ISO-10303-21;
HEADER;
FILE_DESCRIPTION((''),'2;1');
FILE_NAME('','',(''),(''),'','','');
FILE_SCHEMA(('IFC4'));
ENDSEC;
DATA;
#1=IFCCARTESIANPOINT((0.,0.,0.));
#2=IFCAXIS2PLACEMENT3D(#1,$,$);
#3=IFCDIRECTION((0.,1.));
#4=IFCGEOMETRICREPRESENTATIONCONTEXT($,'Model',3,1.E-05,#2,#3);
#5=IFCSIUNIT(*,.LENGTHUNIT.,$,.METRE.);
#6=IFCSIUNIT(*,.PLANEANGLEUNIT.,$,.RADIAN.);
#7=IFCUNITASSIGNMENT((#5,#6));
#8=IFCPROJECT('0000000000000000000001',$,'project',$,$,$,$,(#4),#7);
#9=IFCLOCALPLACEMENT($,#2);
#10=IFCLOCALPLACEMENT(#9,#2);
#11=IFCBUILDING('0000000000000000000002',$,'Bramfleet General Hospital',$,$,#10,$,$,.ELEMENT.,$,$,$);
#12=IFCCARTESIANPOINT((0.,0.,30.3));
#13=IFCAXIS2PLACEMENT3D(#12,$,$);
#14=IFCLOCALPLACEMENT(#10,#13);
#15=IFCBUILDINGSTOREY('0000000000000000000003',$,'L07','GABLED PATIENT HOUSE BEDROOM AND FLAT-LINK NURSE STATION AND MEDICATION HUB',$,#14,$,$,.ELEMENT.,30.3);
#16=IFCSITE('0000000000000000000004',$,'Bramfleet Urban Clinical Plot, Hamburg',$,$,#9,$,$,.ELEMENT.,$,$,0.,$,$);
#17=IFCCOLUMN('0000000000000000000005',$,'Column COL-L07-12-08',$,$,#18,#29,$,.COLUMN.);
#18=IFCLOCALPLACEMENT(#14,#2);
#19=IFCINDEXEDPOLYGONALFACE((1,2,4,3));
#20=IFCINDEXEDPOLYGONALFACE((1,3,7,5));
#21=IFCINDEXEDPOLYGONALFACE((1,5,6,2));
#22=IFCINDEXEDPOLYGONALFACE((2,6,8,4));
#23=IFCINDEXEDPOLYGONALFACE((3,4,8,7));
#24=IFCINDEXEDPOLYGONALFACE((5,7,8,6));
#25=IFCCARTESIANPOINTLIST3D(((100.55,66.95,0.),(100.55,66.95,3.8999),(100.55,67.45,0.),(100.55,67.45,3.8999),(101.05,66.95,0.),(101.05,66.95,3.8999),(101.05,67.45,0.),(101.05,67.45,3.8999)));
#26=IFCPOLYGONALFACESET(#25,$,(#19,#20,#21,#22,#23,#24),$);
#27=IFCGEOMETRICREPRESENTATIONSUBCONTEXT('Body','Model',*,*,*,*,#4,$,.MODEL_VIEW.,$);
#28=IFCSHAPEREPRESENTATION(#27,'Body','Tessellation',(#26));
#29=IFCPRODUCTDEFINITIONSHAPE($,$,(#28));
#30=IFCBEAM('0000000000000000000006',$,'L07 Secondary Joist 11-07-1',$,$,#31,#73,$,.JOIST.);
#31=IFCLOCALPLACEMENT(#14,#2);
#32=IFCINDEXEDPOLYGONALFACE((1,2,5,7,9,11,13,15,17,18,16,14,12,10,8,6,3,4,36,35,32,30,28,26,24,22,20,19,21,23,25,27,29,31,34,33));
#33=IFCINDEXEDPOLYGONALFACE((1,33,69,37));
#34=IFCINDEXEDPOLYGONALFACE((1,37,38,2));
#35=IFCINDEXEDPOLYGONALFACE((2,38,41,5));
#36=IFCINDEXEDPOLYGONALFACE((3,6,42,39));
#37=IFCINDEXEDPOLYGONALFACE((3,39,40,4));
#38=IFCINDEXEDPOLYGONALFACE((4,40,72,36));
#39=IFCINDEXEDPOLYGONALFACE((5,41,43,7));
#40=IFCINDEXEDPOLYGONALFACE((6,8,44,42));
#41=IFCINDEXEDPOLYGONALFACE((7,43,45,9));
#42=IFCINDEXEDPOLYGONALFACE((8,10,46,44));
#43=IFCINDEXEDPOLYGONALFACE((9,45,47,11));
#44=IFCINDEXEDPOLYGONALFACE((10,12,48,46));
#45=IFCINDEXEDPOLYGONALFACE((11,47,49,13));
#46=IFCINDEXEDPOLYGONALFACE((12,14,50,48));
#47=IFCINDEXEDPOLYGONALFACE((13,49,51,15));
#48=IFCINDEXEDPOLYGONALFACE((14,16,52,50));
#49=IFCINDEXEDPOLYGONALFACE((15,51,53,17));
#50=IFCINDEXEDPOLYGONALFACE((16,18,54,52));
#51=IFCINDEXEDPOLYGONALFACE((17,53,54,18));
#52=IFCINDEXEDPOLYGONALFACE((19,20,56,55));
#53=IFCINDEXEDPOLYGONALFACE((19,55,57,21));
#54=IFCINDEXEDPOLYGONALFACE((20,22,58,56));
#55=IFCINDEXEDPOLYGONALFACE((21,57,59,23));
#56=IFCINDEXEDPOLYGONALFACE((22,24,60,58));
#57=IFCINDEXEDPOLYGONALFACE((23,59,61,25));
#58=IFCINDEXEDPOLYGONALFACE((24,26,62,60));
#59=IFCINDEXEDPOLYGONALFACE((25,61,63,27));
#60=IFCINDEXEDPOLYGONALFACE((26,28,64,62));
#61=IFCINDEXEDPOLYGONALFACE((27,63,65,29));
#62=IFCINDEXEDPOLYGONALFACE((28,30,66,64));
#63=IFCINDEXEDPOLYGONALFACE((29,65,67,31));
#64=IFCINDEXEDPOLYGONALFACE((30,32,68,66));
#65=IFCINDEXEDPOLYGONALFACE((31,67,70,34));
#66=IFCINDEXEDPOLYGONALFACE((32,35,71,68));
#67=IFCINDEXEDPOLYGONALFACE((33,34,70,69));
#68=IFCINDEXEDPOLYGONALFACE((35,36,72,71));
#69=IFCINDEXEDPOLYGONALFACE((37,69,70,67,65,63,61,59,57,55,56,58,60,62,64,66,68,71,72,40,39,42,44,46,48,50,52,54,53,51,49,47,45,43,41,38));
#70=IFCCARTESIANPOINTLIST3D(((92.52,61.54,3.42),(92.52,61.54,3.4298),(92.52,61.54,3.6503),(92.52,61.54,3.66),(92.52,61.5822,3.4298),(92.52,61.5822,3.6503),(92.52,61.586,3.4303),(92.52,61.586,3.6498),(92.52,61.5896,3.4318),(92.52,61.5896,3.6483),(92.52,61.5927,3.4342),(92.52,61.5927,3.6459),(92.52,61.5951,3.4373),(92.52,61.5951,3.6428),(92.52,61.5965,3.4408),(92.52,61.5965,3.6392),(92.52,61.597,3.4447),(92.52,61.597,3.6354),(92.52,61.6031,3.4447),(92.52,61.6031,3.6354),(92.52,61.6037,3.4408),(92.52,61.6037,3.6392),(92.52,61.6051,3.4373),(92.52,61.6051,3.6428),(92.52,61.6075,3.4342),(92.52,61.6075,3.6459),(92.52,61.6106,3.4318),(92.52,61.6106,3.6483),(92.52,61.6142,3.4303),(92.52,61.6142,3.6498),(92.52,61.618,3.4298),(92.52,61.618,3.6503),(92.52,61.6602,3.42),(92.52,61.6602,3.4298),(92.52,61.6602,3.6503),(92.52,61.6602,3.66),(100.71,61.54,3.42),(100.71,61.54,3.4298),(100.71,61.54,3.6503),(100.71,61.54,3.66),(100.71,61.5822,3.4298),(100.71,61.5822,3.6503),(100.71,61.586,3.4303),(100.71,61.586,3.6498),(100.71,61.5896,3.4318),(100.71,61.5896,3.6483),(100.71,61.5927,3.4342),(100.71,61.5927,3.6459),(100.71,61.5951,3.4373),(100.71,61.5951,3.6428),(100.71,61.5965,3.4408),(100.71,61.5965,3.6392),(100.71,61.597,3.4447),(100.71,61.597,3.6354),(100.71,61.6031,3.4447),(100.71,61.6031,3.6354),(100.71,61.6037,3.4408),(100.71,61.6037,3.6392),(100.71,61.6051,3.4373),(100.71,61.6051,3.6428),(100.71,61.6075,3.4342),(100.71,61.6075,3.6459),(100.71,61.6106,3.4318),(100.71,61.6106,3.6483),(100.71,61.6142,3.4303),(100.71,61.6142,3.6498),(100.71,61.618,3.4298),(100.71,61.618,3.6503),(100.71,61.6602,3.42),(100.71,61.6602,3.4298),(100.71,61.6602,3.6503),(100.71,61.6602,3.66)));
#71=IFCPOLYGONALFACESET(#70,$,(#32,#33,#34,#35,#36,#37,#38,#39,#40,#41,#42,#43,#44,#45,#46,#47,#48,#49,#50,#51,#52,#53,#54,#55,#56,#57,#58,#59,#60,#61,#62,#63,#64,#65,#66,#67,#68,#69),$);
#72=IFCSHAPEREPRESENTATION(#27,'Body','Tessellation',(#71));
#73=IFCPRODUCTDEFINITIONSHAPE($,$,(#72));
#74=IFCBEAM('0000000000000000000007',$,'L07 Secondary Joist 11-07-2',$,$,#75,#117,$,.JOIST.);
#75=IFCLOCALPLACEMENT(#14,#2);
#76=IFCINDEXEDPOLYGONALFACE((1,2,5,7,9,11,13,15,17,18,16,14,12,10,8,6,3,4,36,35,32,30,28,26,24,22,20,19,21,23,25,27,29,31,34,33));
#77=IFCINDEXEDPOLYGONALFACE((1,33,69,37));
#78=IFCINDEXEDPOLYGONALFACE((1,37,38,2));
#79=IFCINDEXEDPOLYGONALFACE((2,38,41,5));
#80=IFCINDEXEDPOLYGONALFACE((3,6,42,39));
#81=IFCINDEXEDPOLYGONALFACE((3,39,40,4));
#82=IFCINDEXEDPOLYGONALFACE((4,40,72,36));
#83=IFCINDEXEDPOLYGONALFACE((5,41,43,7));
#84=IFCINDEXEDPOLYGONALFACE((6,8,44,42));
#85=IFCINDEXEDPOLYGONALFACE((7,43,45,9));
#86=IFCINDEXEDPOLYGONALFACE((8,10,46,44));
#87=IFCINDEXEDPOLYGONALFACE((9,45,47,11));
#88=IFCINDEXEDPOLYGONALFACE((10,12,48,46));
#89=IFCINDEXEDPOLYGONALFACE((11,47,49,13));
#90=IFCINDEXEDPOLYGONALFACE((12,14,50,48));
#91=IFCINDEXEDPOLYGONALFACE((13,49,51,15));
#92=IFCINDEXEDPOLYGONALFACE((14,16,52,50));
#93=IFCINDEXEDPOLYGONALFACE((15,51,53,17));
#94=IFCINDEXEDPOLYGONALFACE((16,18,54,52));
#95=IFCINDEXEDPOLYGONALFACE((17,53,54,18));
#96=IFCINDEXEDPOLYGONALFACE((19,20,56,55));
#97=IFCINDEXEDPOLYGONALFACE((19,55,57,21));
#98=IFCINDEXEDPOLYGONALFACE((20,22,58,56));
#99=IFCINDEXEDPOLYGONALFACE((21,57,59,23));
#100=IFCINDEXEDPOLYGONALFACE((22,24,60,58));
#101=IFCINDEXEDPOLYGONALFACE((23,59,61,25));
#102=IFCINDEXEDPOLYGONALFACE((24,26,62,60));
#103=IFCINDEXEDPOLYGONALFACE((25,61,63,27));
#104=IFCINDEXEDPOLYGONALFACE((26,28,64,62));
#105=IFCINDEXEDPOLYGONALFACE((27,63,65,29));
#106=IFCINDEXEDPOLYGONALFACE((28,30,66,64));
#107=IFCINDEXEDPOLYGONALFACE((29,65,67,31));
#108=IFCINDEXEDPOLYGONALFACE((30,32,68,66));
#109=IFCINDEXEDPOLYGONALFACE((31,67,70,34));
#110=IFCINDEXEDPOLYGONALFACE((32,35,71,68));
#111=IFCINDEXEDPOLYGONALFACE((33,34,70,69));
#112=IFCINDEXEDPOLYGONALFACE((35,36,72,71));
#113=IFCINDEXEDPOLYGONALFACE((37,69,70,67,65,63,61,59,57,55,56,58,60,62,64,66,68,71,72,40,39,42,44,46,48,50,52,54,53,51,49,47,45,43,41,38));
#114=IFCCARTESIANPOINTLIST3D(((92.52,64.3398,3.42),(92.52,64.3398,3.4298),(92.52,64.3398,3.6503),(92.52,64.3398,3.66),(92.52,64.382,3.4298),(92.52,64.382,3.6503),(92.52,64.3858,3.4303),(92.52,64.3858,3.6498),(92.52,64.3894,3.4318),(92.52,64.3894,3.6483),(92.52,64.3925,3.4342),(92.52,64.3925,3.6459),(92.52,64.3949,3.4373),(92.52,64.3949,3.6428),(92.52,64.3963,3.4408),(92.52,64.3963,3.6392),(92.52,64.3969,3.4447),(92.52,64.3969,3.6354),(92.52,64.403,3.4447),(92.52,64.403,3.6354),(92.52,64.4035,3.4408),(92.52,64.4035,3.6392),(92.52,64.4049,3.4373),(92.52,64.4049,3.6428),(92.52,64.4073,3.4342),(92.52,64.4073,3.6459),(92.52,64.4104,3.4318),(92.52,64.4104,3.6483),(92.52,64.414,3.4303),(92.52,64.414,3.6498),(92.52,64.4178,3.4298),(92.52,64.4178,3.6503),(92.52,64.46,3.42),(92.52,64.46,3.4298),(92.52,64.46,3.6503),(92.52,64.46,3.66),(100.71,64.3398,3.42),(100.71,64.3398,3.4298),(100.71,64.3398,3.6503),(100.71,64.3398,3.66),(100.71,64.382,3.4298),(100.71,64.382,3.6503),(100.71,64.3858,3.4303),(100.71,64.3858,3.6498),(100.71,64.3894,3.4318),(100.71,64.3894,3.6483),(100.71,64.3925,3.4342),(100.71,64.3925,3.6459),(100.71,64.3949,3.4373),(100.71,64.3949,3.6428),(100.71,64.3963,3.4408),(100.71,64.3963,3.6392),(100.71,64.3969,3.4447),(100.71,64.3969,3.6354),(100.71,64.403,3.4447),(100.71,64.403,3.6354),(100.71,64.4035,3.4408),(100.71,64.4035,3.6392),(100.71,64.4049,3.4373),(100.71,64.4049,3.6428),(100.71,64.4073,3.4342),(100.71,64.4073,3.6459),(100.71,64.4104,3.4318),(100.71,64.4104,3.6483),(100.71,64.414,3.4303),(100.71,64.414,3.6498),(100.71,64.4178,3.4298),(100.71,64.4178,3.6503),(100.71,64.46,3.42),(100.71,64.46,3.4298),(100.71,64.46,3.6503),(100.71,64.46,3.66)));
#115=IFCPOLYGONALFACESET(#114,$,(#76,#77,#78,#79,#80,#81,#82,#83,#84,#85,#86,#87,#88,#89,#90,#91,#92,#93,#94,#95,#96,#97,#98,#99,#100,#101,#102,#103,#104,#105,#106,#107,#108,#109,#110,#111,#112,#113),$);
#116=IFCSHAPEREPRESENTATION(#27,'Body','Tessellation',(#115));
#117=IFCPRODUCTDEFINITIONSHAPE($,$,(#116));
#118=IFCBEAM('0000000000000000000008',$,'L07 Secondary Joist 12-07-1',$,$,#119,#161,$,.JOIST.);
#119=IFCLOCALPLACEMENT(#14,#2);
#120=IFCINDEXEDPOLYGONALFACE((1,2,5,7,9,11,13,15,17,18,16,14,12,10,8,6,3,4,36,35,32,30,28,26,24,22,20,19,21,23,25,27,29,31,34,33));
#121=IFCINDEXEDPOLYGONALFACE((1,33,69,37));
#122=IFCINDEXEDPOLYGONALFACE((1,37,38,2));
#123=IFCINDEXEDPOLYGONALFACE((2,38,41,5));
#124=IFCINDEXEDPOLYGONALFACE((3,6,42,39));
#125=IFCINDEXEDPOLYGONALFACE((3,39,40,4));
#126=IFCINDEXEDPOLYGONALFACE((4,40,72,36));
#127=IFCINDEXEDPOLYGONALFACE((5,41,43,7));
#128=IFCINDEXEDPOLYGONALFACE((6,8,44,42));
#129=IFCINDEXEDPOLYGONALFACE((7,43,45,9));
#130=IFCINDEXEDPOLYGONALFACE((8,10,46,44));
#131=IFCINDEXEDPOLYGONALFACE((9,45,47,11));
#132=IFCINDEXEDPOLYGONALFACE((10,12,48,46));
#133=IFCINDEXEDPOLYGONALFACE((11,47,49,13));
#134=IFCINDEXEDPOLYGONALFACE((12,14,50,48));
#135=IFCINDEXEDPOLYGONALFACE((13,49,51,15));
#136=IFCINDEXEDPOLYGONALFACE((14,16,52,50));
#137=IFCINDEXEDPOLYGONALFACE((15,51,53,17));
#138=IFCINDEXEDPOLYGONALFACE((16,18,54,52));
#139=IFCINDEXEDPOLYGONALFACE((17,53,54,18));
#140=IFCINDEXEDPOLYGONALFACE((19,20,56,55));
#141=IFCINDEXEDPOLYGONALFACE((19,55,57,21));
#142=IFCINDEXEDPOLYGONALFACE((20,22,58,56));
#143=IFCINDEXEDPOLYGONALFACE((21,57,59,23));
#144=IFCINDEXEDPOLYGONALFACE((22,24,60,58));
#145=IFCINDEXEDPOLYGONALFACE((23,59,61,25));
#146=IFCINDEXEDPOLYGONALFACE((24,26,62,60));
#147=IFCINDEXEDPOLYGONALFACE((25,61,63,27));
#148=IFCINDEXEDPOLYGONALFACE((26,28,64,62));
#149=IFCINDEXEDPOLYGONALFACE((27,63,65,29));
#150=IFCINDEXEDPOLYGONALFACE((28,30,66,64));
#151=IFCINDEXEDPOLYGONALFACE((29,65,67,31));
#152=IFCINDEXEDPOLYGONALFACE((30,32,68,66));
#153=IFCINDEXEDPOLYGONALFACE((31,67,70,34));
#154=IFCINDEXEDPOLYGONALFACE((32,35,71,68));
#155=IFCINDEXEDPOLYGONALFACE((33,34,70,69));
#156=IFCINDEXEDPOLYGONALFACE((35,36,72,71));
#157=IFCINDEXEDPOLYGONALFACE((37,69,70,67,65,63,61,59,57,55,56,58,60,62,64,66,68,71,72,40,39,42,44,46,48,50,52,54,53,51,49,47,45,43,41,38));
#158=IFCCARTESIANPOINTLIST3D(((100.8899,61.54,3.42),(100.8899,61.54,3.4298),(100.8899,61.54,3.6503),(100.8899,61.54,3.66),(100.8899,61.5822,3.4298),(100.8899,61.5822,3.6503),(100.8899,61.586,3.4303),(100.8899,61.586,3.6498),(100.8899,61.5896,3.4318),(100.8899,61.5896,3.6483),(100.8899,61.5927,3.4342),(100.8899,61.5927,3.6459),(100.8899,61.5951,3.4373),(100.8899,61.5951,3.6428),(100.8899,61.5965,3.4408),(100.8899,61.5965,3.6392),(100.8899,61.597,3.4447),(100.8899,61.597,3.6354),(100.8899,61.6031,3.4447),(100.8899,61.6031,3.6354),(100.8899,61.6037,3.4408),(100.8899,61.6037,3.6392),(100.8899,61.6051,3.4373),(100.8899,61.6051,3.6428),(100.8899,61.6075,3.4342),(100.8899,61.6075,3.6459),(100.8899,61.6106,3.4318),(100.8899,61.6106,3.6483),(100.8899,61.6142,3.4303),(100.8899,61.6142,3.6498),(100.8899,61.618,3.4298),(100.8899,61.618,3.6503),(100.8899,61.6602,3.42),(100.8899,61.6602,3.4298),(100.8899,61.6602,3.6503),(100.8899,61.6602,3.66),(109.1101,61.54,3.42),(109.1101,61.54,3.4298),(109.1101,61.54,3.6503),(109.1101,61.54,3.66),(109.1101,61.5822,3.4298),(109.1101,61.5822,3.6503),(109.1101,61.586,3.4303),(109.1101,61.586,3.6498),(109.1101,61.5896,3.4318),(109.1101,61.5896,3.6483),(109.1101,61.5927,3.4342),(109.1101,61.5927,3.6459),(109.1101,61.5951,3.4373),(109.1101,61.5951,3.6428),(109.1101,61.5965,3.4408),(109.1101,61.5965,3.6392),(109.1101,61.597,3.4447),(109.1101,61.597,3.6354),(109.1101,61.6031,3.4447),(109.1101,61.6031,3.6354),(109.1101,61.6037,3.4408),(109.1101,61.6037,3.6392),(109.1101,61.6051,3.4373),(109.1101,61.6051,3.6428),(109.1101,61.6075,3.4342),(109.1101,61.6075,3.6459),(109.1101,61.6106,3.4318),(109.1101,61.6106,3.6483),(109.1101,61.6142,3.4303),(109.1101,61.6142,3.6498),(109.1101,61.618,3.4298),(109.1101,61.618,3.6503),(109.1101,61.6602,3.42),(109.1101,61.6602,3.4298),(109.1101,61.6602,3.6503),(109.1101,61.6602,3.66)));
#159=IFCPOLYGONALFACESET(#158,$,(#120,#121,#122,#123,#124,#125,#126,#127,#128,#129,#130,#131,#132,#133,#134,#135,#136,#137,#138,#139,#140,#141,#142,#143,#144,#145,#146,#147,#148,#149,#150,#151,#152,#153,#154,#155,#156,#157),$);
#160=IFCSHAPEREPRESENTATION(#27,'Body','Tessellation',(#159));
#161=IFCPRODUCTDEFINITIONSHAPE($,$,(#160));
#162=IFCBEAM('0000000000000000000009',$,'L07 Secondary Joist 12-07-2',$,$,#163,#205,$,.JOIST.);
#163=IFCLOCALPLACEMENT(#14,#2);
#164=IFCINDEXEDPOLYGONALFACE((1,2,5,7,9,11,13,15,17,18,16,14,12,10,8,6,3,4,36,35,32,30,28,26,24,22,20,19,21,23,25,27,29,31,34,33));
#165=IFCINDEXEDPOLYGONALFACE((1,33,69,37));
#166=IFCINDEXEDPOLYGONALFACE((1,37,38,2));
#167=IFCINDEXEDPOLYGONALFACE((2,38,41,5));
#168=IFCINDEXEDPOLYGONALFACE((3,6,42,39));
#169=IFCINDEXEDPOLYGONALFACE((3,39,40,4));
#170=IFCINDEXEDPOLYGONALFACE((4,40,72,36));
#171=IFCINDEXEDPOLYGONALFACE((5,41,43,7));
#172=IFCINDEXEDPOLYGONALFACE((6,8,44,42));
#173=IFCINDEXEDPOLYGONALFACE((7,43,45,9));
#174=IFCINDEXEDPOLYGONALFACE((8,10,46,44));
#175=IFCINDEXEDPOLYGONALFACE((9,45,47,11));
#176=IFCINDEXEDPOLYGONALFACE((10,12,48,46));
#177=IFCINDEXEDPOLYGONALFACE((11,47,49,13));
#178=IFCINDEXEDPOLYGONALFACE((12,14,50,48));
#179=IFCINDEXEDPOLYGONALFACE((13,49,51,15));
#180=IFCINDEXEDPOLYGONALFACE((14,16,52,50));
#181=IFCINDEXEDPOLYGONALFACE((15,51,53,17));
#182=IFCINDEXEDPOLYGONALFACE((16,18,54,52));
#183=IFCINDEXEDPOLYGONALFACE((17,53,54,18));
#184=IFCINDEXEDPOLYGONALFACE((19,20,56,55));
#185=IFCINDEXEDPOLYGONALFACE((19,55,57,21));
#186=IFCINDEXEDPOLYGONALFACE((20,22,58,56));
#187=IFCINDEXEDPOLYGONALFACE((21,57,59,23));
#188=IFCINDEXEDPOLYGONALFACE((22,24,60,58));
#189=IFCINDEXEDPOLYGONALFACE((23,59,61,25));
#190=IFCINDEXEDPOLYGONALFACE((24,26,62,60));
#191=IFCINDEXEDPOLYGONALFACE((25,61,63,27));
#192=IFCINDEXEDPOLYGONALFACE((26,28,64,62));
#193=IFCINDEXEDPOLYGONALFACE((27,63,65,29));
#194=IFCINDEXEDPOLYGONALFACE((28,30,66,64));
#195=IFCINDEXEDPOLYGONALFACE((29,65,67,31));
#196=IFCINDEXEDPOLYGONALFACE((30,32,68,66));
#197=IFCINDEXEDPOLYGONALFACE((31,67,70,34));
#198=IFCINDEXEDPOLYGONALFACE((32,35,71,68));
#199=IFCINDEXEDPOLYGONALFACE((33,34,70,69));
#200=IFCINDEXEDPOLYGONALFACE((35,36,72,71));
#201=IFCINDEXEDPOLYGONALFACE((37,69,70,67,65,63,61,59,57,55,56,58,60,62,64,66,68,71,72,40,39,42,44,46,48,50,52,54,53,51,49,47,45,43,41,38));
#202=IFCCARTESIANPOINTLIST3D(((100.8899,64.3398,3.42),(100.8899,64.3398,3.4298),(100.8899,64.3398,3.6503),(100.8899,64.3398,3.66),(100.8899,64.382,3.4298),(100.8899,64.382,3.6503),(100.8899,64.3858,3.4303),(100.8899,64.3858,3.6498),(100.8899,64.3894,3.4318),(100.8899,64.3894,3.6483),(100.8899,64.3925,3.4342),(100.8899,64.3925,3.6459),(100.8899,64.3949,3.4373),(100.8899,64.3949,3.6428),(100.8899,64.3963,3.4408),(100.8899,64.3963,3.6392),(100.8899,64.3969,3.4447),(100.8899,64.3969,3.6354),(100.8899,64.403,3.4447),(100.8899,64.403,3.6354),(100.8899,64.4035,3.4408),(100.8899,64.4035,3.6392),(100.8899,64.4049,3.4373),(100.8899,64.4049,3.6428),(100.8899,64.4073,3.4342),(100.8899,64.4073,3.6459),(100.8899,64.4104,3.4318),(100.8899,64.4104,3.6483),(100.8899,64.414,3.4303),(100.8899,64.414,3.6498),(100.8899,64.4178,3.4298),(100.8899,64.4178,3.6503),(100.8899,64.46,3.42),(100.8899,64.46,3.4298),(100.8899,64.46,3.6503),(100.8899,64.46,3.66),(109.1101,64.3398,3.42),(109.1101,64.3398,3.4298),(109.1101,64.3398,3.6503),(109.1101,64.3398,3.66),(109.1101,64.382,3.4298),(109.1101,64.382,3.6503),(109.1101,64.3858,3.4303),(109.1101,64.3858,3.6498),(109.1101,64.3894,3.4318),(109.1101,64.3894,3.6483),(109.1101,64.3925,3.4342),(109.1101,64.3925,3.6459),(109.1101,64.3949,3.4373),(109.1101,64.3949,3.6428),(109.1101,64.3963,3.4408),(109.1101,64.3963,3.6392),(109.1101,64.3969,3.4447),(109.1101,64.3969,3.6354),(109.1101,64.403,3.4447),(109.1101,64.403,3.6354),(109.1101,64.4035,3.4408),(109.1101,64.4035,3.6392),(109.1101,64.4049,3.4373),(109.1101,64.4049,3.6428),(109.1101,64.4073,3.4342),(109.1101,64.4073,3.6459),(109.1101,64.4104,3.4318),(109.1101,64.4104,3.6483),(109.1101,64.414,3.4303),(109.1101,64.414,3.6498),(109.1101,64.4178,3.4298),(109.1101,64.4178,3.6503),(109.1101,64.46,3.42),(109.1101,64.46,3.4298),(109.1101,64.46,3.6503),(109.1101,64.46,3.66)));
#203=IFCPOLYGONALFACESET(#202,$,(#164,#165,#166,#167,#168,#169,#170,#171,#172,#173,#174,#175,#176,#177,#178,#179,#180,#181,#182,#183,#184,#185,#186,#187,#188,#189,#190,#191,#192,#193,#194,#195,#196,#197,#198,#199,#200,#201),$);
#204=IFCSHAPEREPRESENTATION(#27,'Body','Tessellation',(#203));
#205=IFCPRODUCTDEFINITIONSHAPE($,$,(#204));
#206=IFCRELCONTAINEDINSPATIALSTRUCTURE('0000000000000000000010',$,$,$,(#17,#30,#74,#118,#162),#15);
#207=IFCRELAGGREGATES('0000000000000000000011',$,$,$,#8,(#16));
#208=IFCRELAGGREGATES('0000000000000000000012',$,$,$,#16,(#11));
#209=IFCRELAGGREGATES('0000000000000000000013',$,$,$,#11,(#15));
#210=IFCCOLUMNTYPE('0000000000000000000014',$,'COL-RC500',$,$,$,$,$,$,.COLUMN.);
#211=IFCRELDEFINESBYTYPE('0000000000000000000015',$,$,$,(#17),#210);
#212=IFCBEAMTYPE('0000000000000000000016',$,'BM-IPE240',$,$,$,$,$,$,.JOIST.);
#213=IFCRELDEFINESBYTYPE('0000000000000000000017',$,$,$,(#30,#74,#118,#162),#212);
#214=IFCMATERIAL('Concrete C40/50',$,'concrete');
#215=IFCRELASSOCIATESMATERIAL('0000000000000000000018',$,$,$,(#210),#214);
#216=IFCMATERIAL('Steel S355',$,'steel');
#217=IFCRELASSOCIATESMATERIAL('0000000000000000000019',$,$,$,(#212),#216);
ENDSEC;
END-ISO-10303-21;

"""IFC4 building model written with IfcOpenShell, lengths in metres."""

from ifc_helpers import new_model, si_unit, direction, frame, origin, origin_2d, place, context, subcontext, project, spatial, rectangle, i_section, extrude, material, material_profile, profile_set, type_object, element, save


model = new_model("IFC4")

# Units and contexts
model_context = context("Model", 3, precision=1e-05, world=origin(), true_north=direction((0.0, 1.0)))
body_context = subcontext(model_context, "Body", "Model", "MODEL_VIEW")
ifc_project = project(units=[si_unit("LENGTHUNIT", "METRE"), si_unit("PLANEANGLEUNIT", "RADIAN")], contexts=[model_context])

# Site, building, storey
site_placement = place(None, origin())
site = spatial("IfcSite", under=ifc_project, at=site_placement, Name="Bramfleet Urban Clinical Plot, Hamburg", CompositionType="ELEMENT", RefElevation=0.0)
building_placement = place(site_placement, origin())
building = spatial("IfcBuilding", under=site, at=building_placement, Name="Bramfleet General Hospital", CompositionType="ELEMENT")
storey_placement = place(building_placement, frame((0.0, 0.0, 30.3)))
storey = spatial("IfcBuildingStorey", under=building, at=storey_placement, Name="L07", Description="GABLED PATIENT HOUSE BEDROOM AND FLAT-LINK NURSE STATION AND MEDICATION HUB", CompositionType="ELEMENT", Elevation=30.3)

# Column
ifc_material_1 = material(Name="Concrete C40/50", Category="concrete")
ifc_material_profile_1 = material_profile(ifc_material_1, rectangle(XDim=0.5, YDim=0.5, at=origin_2d()), Name="RC COL 500x500")
ifc_profile_set_1 = profile_set([ifc_material_profile_1], Name="Concrete C40/50")
column_type = type_object("IfcColumnType", Name="COL-RC500", PredefinedType="COLUMN", material=ifc_profile_set_1)
column_placement = place(storey_placement, frame((100.8, 67.2, 0.0), z_axis=(0.0, 0.0, 1.0), x_axis=(1.0, 0.0, 0.0)))
element("IfcColumn", 1, at=column_placement, inside=storey, type_object=column_type, Name="Column COL-L07-12-08", PredefinedType="COLUMN", context=body_context, shape_type="SweptSolid", body=[
    extrude(rectangle(XDim=0.5, YDim=0.5, at=origin_2d()), origin(), (0.0, 0.0, 1.0), 3.8999),
])

# Beams
ifc_material_2 = material(Name="Steel S355", Category="steel")
ifc_material_profile_2 = material_profile(ifc_material_2, i_section(OverallWidth=0.1201, OverallDepth=0.24, WebThickness=0.0061, FlangeThickness=0.0098, FilletRadius=0.0149, at=origin_2d()), Name="IPE 240")
ifc_profile_set_2 = profile_set([ifc_material_profile_2], Name="Steel S355")
beam_type_1 = type_object("IfcBeamType", Name="BM-IPE240", PredefinedType="JOIST", material=ifc_profile_set_2)
for number, where, z_axis, x_axis, name in (
    (2, (92.52, 61.6001, 3.54), (1.0, 0.0, 0.0), (0.0, 1.0, 0.0), "L07 Secondary Joist 11-07-1"),
    (3, (92.52, 64.3999, 3.54), (1.0, 0.0, 0.0), (0.0, 1.0, 0.0), "L07 Secondary Joist 11-07-2"),
):
    element("IfcBeam", number, at=place(storey_placement, frame(where, z_axis=z_axis, x_axis=x_axis)), inside=storey, type_object=beam_type_1, Name=name, PredefinedType="JOIST", context=body_context, shape_type="SweptSolid", body=[
        extrude(i_section(OverallWidth=0.1201, OverallDepth=0.24, WebThickness=0.0061, FlangeThickness=0.0098, FilletRadius=0.0149, at=origin_2d()), origin(), (0.0, 0.0, 1.0), 8.1899),
    ])
for number, where, z_axis, x_axis, name in (
    (4, (100.8899, 61.6001, 3.54), (1.0, 0.0, 0.0), (0.0, 1.0, 0.0), "L07 Secondary Joist 12-07-1"),
    (5, (100.8899, 64.3999, 3.54), (1.0, 0.0, 0.0), (0.0, 1.0, 0.0), "L07 Secondary Joist 12-07-2"),
):
    element("IfcBeam", number, at=place(storey_placement, frame(where, z_axis=z_axis, x_axis=x_axis)), inside=storey, type_object=beam_type_1, Name=name, PredefinedType="JOIST", context=body_context, shape_type="SweptSolid", body=[
        extrude(i_section(OverallWidth=0.1201, OverallDepth=0.24, WebThickness=0.0061, FlangeThickness=0.0098, FilletRadius=0.0149, at=origin_2d()), origin(), (0.0, 0.0, 1.0), 8.2202),
    ])

save(model, "model.ifc")
